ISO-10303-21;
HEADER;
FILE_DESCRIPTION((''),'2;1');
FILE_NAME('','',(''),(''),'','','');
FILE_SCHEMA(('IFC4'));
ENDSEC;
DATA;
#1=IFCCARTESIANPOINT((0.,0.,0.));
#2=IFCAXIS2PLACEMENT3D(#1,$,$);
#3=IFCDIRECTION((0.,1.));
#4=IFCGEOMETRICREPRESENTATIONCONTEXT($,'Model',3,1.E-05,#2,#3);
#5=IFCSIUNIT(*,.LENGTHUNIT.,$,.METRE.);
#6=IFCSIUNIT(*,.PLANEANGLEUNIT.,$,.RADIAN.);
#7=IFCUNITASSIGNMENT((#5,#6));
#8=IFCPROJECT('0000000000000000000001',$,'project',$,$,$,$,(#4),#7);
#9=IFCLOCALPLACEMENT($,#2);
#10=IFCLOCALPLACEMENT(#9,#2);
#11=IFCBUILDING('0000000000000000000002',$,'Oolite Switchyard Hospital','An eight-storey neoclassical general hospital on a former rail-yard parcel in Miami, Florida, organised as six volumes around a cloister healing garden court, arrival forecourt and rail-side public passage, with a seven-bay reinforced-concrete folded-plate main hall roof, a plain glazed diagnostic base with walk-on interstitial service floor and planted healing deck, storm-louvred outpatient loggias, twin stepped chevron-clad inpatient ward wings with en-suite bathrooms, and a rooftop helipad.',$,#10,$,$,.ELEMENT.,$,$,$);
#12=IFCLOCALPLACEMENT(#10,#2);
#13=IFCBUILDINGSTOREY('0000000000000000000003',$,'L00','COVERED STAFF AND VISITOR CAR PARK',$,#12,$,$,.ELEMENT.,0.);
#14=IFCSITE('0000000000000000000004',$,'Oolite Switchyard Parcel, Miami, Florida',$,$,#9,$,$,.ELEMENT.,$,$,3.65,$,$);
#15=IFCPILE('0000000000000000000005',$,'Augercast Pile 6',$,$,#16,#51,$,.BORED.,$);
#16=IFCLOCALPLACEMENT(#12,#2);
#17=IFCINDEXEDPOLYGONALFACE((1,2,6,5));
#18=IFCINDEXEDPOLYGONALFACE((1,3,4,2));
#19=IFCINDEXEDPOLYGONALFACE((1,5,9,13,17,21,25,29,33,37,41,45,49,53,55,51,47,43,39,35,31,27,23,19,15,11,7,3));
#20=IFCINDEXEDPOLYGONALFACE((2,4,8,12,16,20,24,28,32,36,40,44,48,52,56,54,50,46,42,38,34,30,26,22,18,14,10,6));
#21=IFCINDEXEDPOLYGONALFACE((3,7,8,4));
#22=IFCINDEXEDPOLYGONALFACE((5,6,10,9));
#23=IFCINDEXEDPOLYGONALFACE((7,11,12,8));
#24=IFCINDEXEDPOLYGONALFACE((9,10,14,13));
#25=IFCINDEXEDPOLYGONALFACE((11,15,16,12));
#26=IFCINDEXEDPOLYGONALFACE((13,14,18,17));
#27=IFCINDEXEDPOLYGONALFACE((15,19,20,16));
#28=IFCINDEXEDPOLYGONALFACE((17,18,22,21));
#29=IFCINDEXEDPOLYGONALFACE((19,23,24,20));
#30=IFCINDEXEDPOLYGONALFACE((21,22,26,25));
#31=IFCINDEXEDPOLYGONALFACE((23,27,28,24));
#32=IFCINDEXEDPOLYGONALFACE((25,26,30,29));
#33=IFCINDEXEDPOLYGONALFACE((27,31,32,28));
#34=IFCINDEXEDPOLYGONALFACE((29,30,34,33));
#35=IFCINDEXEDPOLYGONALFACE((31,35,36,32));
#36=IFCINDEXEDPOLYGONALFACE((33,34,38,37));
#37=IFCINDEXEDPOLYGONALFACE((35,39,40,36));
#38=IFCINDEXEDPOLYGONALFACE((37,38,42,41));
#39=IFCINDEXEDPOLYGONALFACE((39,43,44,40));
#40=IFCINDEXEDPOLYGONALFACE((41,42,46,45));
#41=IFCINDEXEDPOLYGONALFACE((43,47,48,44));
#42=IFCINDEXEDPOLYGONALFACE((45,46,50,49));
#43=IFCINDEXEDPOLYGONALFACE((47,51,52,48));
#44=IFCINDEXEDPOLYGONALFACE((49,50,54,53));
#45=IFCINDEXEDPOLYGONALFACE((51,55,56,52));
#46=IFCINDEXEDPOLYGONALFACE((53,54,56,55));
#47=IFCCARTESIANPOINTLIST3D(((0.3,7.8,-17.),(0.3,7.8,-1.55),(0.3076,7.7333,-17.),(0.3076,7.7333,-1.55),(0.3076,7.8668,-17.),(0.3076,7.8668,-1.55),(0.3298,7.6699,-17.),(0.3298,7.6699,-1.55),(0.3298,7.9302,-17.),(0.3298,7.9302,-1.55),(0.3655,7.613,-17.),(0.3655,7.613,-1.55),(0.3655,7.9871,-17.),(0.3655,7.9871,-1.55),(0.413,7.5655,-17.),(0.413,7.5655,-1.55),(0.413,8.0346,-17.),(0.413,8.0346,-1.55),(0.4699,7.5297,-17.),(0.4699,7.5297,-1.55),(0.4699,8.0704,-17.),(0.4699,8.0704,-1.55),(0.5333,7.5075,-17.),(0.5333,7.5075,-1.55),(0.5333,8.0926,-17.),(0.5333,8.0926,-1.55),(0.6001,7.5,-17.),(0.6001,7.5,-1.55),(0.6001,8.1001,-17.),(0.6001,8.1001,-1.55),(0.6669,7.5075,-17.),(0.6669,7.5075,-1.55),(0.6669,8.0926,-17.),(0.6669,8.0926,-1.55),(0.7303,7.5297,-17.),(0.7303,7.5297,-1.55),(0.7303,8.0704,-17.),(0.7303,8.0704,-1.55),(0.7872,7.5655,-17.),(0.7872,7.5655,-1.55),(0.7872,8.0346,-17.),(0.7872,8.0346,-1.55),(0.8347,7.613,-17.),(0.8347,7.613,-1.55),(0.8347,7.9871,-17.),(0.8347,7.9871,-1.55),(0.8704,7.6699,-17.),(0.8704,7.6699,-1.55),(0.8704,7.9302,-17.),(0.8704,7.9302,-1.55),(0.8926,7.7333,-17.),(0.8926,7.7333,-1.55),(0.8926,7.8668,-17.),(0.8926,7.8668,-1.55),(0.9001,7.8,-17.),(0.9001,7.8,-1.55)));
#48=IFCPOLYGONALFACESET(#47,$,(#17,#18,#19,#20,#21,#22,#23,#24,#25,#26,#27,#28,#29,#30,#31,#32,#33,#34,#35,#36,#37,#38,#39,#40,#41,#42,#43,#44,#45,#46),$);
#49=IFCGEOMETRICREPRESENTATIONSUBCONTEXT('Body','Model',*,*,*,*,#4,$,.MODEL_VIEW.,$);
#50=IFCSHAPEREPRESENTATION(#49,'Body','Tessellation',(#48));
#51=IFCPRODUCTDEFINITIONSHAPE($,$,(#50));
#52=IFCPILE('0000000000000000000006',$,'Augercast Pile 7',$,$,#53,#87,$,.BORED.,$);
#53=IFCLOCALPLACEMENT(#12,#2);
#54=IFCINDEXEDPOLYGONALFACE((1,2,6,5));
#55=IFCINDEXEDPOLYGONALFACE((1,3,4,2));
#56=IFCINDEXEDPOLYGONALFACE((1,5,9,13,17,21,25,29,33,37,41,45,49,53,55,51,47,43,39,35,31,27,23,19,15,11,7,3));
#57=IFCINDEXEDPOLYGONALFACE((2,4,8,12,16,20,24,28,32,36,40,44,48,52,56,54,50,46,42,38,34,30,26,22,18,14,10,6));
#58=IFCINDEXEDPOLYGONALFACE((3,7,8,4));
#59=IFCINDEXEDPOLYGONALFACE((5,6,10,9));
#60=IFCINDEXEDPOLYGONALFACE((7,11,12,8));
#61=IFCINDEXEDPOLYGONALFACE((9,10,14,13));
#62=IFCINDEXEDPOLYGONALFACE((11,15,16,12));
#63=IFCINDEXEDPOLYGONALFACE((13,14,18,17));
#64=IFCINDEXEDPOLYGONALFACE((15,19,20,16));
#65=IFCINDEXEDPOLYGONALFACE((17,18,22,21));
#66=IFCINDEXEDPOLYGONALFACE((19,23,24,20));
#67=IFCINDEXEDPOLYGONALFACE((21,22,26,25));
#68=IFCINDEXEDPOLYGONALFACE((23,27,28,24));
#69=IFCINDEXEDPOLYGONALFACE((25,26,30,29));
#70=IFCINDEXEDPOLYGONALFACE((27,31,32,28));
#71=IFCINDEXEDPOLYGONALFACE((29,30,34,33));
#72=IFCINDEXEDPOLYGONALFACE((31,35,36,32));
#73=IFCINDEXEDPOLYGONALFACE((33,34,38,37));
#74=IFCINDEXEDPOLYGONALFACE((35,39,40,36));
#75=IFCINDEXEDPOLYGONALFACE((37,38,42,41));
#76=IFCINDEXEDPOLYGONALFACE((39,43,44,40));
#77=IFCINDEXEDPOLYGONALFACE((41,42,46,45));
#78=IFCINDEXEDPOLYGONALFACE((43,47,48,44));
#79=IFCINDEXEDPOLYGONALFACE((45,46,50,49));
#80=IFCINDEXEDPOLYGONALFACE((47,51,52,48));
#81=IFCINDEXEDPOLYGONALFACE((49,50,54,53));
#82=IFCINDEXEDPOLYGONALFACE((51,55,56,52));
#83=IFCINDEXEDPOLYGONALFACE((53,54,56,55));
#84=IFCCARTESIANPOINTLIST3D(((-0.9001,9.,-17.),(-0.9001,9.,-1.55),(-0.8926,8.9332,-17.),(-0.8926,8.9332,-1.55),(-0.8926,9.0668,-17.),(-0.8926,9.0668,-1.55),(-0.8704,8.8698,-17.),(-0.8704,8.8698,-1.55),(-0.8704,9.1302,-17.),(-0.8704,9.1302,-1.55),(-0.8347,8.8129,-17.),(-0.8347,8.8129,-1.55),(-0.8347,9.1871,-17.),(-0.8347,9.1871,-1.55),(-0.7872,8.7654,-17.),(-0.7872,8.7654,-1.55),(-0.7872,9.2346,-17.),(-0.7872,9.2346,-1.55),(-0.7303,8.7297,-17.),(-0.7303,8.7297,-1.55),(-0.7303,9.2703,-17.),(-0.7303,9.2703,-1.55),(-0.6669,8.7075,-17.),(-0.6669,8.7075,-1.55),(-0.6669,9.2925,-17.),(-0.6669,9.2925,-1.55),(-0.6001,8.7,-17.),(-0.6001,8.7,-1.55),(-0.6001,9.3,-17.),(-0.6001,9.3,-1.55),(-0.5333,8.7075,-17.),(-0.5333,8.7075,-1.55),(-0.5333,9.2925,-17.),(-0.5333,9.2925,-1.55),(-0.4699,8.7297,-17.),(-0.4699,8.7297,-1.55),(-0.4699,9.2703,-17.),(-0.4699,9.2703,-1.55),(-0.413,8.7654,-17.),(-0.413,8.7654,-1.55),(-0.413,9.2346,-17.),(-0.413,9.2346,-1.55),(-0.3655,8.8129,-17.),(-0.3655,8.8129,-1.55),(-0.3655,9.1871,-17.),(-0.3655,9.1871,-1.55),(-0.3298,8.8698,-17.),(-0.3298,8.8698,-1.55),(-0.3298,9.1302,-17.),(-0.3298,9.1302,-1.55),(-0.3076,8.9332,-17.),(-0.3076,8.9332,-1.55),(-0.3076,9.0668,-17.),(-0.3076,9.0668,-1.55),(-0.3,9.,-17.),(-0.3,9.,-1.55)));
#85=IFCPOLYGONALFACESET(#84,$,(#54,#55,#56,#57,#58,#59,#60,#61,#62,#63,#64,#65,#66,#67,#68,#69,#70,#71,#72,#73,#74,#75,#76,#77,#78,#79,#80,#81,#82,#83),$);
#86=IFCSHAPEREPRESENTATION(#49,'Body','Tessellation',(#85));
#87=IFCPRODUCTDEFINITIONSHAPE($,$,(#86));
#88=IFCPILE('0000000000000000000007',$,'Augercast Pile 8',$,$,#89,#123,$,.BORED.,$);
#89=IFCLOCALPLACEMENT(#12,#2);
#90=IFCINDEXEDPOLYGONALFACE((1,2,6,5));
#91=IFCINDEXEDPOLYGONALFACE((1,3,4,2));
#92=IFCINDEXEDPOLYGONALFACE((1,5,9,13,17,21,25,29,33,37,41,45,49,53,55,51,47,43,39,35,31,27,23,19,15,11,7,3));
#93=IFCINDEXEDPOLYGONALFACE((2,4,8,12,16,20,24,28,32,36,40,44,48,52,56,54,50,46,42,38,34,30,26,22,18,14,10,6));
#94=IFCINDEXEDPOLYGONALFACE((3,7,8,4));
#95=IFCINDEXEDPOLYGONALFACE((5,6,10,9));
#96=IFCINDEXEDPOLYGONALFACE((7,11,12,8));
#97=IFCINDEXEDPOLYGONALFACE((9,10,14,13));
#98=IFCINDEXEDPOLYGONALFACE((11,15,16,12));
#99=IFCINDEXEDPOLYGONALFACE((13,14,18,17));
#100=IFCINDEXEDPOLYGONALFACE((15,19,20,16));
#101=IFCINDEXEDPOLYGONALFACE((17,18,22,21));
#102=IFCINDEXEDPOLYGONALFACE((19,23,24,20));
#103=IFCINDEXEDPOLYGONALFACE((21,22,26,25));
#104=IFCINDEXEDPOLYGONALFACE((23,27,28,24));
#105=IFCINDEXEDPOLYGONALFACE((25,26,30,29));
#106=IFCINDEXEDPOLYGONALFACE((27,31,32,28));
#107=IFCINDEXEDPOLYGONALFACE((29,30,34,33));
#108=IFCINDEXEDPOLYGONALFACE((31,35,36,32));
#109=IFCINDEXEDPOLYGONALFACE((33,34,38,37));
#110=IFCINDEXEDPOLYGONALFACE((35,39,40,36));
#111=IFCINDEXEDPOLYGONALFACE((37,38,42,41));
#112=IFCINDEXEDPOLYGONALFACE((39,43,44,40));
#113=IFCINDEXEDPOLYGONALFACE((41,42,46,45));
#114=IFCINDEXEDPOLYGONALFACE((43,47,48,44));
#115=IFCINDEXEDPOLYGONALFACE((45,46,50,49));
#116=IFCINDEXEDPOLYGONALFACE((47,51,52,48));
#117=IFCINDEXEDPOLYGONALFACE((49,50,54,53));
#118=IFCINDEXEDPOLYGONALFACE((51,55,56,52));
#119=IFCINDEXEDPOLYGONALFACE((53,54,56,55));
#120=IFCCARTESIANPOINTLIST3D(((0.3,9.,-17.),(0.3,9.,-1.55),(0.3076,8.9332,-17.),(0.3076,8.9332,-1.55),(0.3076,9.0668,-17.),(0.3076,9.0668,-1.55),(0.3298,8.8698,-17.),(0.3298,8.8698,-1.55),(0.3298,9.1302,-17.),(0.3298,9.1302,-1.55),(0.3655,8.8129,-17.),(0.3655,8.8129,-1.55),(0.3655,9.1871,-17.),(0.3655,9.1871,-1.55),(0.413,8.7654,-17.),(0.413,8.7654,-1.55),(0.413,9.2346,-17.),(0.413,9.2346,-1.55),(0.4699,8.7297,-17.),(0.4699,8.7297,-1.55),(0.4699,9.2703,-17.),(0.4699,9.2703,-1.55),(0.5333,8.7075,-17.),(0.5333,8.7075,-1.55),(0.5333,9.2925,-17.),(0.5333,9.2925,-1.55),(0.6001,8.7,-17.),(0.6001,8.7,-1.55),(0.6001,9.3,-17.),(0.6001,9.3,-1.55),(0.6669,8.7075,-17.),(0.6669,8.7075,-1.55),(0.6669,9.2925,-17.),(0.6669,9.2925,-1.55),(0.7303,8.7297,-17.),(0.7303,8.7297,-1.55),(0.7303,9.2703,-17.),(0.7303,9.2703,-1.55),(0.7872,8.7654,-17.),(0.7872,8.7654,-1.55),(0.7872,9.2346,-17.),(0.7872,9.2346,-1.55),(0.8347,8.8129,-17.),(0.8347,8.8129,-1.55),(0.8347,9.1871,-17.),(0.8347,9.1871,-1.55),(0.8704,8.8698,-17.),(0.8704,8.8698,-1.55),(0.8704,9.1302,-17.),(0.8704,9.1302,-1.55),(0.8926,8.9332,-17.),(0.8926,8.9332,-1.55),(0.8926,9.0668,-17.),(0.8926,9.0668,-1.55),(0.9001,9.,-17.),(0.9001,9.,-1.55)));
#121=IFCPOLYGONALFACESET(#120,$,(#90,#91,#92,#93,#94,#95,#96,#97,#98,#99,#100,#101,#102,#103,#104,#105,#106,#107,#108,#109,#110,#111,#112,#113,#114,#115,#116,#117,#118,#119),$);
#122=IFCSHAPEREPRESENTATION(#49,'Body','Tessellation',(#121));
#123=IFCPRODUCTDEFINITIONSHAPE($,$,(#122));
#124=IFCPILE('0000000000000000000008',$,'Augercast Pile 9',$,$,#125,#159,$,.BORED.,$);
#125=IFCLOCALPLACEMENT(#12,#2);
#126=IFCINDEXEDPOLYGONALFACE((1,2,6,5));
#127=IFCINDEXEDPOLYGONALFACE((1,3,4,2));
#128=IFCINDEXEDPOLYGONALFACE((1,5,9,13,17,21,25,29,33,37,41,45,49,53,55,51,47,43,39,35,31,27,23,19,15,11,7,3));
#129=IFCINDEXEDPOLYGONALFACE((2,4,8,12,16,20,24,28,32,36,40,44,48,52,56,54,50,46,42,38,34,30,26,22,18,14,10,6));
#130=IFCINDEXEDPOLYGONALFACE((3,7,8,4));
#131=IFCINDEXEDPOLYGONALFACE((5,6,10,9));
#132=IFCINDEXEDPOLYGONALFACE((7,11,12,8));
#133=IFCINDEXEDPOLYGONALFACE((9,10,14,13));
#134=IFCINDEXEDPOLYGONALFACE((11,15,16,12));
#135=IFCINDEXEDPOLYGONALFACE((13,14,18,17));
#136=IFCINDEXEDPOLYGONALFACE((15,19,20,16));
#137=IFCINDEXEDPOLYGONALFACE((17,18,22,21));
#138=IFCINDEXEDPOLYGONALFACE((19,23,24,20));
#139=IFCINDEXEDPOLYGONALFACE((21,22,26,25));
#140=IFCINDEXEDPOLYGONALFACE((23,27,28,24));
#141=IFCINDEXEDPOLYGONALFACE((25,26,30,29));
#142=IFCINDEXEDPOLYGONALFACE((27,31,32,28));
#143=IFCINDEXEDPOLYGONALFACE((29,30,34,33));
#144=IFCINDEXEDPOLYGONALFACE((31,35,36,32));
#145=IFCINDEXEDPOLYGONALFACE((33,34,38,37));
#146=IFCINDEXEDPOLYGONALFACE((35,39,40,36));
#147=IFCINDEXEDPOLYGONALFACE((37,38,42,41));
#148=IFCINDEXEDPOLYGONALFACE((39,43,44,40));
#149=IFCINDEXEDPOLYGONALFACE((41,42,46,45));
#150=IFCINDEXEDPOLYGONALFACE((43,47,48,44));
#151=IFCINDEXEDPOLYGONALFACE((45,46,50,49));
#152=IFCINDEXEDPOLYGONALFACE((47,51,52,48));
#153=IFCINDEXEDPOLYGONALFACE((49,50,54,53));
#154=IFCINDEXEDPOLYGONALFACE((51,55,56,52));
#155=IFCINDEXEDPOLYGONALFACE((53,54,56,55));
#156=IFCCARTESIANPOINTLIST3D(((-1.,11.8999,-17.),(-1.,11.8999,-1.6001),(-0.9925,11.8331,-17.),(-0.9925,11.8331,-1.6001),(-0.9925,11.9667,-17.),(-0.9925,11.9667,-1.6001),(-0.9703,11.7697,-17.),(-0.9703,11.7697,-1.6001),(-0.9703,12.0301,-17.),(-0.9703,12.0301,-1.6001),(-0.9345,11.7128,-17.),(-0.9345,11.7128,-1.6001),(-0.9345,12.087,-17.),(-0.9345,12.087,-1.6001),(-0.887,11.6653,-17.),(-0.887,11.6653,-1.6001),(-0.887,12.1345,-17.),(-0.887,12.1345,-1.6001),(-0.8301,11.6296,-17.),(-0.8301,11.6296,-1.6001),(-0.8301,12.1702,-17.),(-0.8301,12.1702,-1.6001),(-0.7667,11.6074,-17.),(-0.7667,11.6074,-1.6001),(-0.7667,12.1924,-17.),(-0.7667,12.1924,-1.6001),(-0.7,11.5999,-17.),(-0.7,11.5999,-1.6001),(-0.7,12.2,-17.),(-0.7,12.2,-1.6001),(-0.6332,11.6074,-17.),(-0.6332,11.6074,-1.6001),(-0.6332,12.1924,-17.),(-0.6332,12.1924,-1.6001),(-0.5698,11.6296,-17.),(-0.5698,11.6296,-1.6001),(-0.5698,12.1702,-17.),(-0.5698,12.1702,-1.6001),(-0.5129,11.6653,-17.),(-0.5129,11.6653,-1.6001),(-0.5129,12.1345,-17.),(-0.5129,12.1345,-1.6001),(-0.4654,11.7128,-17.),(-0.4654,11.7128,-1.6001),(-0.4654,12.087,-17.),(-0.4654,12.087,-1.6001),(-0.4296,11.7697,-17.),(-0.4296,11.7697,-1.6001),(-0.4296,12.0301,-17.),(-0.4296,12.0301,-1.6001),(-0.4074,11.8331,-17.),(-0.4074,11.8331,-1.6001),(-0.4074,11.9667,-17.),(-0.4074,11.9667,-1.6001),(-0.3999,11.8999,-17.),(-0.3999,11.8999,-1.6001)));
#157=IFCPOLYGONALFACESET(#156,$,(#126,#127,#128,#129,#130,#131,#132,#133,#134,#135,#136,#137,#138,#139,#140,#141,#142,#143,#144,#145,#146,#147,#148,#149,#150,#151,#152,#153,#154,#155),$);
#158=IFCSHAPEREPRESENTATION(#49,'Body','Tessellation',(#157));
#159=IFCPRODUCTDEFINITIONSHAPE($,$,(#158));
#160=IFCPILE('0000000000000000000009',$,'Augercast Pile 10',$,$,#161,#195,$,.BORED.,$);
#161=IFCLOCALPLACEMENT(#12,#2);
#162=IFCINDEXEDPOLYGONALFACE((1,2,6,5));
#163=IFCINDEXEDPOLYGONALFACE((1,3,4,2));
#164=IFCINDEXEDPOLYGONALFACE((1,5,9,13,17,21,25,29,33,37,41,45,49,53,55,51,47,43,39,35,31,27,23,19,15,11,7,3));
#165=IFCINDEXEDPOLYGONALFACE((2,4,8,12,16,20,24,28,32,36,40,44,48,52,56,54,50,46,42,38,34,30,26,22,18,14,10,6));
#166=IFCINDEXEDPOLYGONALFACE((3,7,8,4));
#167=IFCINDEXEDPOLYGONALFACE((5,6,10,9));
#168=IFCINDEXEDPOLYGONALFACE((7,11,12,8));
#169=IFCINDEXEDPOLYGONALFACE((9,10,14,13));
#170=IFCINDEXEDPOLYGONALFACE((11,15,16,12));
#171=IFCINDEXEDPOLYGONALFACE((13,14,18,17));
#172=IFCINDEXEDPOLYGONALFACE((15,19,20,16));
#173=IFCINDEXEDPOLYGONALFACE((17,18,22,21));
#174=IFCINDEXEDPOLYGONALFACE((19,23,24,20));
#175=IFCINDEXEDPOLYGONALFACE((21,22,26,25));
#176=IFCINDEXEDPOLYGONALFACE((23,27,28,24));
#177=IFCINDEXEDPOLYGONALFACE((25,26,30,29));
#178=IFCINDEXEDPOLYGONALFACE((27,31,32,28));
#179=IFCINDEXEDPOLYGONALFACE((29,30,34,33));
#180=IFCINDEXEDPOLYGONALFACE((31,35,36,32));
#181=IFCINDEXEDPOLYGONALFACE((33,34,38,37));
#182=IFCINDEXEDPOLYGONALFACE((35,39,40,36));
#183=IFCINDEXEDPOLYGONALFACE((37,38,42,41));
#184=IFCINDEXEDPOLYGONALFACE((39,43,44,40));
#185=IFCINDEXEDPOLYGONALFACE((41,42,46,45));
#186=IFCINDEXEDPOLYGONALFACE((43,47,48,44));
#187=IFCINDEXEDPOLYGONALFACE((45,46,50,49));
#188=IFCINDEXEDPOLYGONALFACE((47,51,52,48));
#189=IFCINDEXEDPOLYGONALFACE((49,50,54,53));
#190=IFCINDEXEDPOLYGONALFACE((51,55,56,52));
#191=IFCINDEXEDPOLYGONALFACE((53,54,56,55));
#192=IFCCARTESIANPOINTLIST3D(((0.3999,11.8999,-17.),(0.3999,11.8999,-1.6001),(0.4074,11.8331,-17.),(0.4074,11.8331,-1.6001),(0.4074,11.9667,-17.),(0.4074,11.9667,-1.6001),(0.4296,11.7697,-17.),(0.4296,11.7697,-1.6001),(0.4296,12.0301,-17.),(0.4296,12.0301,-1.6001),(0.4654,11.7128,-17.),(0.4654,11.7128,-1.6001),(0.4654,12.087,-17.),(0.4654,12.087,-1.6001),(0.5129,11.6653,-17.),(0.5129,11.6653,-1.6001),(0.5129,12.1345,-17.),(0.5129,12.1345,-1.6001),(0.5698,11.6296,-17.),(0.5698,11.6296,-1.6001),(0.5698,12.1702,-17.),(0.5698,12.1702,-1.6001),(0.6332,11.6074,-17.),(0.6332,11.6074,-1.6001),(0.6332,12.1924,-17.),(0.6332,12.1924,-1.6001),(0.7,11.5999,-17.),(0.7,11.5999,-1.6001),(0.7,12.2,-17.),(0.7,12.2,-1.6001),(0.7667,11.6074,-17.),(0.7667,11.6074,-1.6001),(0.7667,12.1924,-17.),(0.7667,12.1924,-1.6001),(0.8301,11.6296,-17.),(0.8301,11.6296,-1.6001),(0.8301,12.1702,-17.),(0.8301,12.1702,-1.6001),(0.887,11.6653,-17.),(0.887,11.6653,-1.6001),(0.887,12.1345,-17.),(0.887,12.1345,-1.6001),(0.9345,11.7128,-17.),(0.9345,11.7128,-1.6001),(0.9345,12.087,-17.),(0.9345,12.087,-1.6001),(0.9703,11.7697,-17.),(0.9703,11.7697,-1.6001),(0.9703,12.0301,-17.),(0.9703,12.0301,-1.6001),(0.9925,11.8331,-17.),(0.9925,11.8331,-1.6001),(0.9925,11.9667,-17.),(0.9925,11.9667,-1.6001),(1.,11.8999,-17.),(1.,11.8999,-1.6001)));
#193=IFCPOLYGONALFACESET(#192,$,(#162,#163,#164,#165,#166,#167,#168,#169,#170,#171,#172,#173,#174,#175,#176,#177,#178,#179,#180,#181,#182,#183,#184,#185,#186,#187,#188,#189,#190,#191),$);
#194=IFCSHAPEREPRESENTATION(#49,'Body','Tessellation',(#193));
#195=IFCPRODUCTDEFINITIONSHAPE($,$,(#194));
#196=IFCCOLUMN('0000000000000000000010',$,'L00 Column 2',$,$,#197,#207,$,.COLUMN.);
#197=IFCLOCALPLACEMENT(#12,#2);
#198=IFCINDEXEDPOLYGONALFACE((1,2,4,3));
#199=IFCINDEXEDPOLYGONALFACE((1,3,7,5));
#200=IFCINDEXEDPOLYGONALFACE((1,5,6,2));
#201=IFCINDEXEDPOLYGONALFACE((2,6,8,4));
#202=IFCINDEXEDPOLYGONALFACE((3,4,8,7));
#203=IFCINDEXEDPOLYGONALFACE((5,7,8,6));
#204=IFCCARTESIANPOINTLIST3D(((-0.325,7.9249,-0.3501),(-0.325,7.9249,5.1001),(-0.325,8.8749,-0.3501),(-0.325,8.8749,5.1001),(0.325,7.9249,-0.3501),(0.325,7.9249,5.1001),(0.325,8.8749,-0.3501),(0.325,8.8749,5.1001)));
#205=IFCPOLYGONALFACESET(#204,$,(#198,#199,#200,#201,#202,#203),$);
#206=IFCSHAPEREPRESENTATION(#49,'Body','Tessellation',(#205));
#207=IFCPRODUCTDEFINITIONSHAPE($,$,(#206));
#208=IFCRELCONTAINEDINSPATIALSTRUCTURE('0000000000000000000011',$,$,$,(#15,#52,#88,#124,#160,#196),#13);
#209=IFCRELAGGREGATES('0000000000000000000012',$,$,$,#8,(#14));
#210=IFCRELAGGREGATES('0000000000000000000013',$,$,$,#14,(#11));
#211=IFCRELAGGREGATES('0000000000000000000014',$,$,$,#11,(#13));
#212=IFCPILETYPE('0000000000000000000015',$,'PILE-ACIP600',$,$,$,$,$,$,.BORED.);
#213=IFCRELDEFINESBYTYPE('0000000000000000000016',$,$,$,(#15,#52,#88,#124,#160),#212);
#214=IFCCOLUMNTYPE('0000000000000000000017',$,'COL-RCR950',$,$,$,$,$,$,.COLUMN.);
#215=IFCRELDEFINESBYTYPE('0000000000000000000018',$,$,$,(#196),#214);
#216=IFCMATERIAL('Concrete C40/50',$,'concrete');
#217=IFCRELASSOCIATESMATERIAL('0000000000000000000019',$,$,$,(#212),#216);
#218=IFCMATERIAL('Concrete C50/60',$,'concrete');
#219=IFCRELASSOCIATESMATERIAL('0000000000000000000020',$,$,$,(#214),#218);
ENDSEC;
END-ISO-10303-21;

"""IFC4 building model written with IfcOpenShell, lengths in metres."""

from ifc_helpers import new_model, si_unit, direction, frame, origin, origin_2d, place, context, subcontext, project, spatial, rectangle, circle, extrude, material, material_profile, profile_set, type_object, element, save


model = new_model("IFC4")

# Units and contexts
model_context = context("Model", 3, precision=1e-05, world=origin(), true_north=direction((0.0, 1.0)))
body_context = subcontext(model_context, "Body", "Model", "MODEL_VIEW")
ifc_project = project(units=[si_unit("LENGTHUNIT", "METRE"), si_unit("PLANEANGLEUNIT", "RADIAN")], contexts=[model_context])

# Site, building, storey
site_placement = place(None, origin())
site = spatial("IfcSite", under=ifc_project, at=site_placement, Name="Oolite Switchyard Parcel, Miami, Florida", CompositionType="ELEMENT", RefElevation=3.65)
building_placement = place(site_placement, origin())
building = spatial("IfcBuilding", under=site, at=building_placement, Name="Oolite Switchyard Hospital", Description="An eight-storey neoclassical general hospital on a former rail-yard parcel in Miami, Florida, organised as six volumes around a cloister healing garden court, arrival forecourt and rail-side public passage, with a seven-bay reinforced-concrete folded-plate main hall roof, a plain glazed diagnostic base with walk-on interstitial service floor and planted healing deck, storm-louvred outpatient loggias, twin stepped chevron-clad inpatient ward wings with en-suite bathrooms, and a rooftop helipad.", CompositionType="ELEMENT")
storey_placement = place(building_placement, origin())
storey = spatial("IfcBuildingStorey", under=building, at=storey_placement, Name="L00", Description="COVERED STAFF AND VISITOR CAR PARK", CompositionType="ELEMENT", Elevation=0.0)

# Shared definitions
ifc_material_1 = material(Name="Concrete C40/50", Category="concrete")

# Piles
ifc_material_profile_1 = material_profile(ifc_material_1, circle(Radius=0.3, at=origin_2d()), Name="PILE600")
ifc_profile_set_1 = profile_set([ifc_material_profile_1], Name="Concrete C40/50")
pile_type = type_object("IfcPileType", Name="PILE-ACIP600", PredefinedType="BORED", material=ifc_profile_set_1)
for number, where, z_axis, x_axis, name in (
    (1, (0.6001, 7.8, -1.55), (0.0, 0.0, -1.0), (1.0, 0.0, 0.0), "Augercast Pile 6"),
    (2, (-0.6001, 9.0, -1.55), (0.0, 0.0, -1.0), (1.0, 0.0, 0.0), "Augercast Pile 7"),
    (3, (0.6001, 9.0, -1.55), (0.0, 0.0, -1.0), (1.0, 0.0, 0.0), "Augercast Pile 8"),
):
    element("IfcPile", number, at=place(storey_placement, frame(where, z_axis=z_axis, x_axis=x_axis)), inside=storey, type_object=pile_type, Name=name, PredefinedType="BORED", context=body_context, shape_type="SweptSolid", body=[
        extrude(circle(Radius=0.3, at=origin_2d()), origin(), (0.0, 0.0, 1.0), 15.45),
    ])
for number, where, z_axis, x_axis, name in (
    (4, (-0.7, 11.8999, -1.6001), (0.0, 0.0, -1.0), (1.0, 0.0, 0.0), "Augercast Pile 9"),
    (5, (0.7, 11.8999, -1.6001), (0.0, 0.0, -1.0), (1.0, 0.0, 0.0), "Augercast Pile 10"),
):
    element("IfcPile", number, at=place(storey_placement, frame(where, z_axis=z_axis, x_axis=x_axis)), inside=storey, type_object=pile_type, Name=name, PredefinedType="BORED", context=body_context, shape_type="SweptSolid", body=[
        extrude(circle(Radius=0.3, at=origin_2d()), origin(), (0.0, 0.0, 1.0), 15.3999),
    ])

# Column
ifc_material_2 = material(Name="Concrete C50/60", Category="concrete")
ifc_material_profile_2 = material_profile(ifc_material_2, rectangle(XDim=0.95, YDim=0.6499, at=origin_2d()), Name="RC950X650")
ifc_profile_set_2 = profile_set([ifc_material_profile_2], Name="Concrete C50/60")
column_type_1 = type_object("IfcColumnType", Name="COL-RCR950", PredefinedType="COLUMN", material=ifc_profile_set_2)
column_1_placement = place(storey_placement, frame((0.0, 8.3999, -0.3501), z_axis=(0.0, 0.0, 1.0), x_axis=(0.0, 1.0, 0.0)))
element("IfcColumn", 6, at=column_1_placement, inside=storey, type_object=column_type_1, Name="L00 Column 2", PredefinedType="COLUMN", context=body_context, shape_type="SweptSolid", body=[
    extrude(rectangle(XDim=0.95, YDim=0.6499, at=origin_2d()), origin(), (0.0, 0.0, 1.0), 5.4502),
])

save(model, "model.ifc")
